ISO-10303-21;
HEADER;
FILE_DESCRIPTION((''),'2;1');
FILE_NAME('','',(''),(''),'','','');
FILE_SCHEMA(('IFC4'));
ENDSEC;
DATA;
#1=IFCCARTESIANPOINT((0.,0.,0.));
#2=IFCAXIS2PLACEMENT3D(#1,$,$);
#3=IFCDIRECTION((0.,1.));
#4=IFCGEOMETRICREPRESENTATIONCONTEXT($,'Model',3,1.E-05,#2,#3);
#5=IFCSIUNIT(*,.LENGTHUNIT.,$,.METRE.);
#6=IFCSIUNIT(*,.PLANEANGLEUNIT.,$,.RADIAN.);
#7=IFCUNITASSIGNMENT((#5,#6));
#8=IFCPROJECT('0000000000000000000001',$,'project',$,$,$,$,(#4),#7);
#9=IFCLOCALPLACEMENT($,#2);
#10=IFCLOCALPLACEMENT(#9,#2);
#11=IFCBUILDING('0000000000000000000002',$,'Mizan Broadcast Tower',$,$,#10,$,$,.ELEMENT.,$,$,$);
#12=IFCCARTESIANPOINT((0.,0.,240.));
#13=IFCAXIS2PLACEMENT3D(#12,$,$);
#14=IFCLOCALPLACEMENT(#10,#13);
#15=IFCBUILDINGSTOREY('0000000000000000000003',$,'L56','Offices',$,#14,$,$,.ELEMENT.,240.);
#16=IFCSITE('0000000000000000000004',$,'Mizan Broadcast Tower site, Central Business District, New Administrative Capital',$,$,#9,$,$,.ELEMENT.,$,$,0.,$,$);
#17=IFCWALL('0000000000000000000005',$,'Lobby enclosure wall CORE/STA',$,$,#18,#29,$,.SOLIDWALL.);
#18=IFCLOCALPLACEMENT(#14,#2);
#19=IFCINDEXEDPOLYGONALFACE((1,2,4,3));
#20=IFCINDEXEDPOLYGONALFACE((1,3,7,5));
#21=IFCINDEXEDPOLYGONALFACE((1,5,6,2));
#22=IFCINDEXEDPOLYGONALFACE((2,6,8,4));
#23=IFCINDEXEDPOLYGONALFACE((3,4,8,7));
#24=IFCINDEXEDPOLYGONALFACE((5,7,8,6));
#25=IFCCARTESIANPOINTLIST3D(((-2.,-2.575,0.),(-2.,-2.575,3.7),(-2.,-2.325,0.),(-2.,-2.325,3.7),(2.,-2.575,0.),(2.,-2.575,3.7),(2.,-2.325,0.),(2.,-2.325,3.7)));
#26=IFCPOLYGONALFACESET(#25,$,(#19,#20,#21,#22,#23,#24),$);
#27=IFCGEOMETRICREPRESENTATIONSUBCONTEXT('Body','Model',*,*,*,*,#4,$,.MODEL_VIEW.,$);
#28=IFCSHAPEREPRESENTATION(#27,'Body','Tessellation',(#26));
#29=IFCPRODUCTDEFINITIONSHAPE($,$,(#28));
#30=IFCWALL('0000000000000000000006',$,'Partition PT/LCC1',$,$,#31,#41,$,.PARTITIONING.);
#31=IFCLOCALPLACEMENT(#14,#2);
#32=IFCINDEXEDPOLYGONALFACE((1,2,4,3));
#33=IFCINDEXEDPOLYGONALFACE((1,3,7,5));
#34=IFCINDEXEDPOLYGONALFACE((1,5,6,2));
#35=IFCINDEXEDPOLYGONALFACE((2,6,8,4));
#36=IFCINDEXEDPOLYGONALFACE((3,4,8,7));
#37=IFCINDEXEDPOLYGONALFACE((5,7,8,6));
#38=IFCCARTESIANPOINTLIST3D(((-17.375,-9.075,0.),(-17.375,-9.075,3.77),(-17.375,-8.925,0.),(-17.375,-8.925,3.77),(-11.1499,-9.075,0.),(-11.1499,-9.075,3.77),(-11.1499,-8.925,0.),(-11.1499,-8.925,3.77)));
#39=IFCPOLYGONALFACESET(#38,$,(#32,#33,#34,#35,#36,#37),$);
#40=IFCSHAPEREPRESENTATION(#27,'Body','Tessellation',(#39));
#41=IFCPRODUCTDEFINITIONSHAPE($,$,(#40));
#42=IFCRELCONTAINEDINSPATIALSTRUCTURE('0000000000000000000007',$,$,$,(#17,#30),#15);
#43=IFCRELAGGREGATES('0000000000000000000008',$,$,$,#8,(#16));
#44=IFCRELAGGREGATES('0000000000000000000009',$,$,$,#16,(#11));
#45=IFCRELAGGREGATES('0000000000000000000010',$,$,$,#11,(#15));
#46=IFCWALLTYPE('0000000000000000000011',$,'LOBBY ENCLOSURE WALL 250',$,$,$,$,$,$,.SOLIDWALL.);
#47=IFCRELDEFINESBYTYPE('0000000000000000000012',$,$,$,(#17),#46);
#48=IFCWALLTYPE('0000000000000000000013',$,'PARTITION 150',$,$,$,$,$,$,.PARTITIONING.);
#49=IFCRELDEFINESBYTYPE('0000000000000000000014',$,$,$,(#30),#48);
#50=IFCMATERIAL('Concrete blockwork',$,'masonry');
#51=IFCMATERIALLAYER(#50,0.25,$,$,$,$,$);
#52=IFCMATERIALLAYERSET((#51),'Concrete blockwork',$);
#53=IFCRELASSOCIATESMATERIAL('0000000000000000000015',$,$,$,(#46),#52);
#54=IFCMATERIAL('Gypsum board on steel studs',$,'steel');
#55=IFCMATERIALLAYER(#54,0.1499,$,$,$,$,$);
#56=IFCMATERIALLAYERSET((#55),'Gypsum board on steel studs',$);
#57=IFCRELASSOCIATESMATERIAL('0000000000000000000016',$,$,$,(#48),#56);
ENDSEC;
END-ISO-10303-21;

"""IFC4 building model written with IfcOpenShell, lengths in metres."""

from ifc_helpers import new_model, si_unit, direction, frame, frame_2d, origin, place, context, subcontext, project, spatial, rectangle, extrude, material, layer, layer_set, type_object, element, save


model = new_model("IFC4")

# Units and contexts
model_context = context("Model", 3, precision=1e-05, world=origin(), true_north=direction((0.0, 1.0)))
body_context = subcontext(model_context, "Body", "Model", "MODEL_VIEW")
ifc_project = project(units=[si_unit("LENGTHUNIT", "METRE"), si_unit("PLANEANGLEUNIT", "RADIAN")], contexts=[model_context])

# Site, building, storey
site_placement = place(None, origin())
site = spatial("IfcSite", under=ifc_project, at=site_placement, Name="Mizan Broadcast Tower site, Central Business District, New Administrative Capital", CompositionType="ELEMENT", RefElevation=0.0)
building_placement = place(site_placement, origin())
building = spatial("IfcBuilding", under=site, at=building_placement, Name="Mizan Broadcast Tower", CompositionType="ELEMENT")
storey_placement = place(building_placement, frame((0.0, 0.0, 240.0)))
storey = spatial("IfcBuildingStorey", under=building, at=storey_placement, Name="L56", Description="Offices", CompositionType="ELEMENT", Elevation=240.0)

# Shared definitions
ifc_material_1 = material(Name="Concrete blockwork", Category="masonry")
ifc_layer_1 = layer(ifc_material_1, 0.25)
ifc_layer_set_1 = layer_set([ifc_layer_1], Name="Concrete blockwork")
wall_type_1 = type_object("IfcWallType", Name="LOBBY ENCLOSURE WALL 250", PredefinedType="SOLIDWALL", material=ifc_layer_set_1)

# Walls
wall_1_placement = place(storey_placement, frame((-2.0, -2.45, 0.0), z_axis=(0.0, 0.0, 1.0), x_axis=(1.0, 0.0, 0.0)))
element("IfcWall", 1, at=wall_1_placement, inside=storey, type_object=wall_type_1, Name="Lobby enclosure wall CORE/STA", PredefinedType="SOLIDWALL", context=body_context, shape_type="SweptSolid", body=[
    extrude(rectangle(XDim=4.0, YDim=0.25, at=frame_2d((2.0, 0.0))), origin(), (0.0, 0.0, 1.0), 3.7),
])
ifc_material_2 = material(Name="Gypsum board on steel studs", Category="steel")
ifc_layer_2 = layer(ifc_material_2, 0.1499)
ifc_layer_set_2 = layer_set([ifc_layer_2], Name="Gypsum board on steel studs")
wall_type_2 = type_object("IfcWallType", Name="PARTITION 150", PredefinedType="PARTITIONING", material=ifc_layer_set_2)
wall_2_placement = place(storey_placement, frame((-11.1499, -9.0, 0.0), z_axis=(0.0, 0.0, 1.0), x_axis=(-1.0, 0.0, 0.0)))
element("IfcWall", 2, at=wall_2_placement, inside=storey, type_object=wall_type_2, Name="Partition PT/LCC1", PredefinedType="PARTITIONING", context=body_context, shape_type="SweptSolid", body=[
    extrude(rectangle(XDim=6.2251, YDim=0.1499, at=frame_2d((3.1125, 0.0))), origin(), (0.0, 0.0, 1.0), 3.77),
])

save(model, "model.ifc")
